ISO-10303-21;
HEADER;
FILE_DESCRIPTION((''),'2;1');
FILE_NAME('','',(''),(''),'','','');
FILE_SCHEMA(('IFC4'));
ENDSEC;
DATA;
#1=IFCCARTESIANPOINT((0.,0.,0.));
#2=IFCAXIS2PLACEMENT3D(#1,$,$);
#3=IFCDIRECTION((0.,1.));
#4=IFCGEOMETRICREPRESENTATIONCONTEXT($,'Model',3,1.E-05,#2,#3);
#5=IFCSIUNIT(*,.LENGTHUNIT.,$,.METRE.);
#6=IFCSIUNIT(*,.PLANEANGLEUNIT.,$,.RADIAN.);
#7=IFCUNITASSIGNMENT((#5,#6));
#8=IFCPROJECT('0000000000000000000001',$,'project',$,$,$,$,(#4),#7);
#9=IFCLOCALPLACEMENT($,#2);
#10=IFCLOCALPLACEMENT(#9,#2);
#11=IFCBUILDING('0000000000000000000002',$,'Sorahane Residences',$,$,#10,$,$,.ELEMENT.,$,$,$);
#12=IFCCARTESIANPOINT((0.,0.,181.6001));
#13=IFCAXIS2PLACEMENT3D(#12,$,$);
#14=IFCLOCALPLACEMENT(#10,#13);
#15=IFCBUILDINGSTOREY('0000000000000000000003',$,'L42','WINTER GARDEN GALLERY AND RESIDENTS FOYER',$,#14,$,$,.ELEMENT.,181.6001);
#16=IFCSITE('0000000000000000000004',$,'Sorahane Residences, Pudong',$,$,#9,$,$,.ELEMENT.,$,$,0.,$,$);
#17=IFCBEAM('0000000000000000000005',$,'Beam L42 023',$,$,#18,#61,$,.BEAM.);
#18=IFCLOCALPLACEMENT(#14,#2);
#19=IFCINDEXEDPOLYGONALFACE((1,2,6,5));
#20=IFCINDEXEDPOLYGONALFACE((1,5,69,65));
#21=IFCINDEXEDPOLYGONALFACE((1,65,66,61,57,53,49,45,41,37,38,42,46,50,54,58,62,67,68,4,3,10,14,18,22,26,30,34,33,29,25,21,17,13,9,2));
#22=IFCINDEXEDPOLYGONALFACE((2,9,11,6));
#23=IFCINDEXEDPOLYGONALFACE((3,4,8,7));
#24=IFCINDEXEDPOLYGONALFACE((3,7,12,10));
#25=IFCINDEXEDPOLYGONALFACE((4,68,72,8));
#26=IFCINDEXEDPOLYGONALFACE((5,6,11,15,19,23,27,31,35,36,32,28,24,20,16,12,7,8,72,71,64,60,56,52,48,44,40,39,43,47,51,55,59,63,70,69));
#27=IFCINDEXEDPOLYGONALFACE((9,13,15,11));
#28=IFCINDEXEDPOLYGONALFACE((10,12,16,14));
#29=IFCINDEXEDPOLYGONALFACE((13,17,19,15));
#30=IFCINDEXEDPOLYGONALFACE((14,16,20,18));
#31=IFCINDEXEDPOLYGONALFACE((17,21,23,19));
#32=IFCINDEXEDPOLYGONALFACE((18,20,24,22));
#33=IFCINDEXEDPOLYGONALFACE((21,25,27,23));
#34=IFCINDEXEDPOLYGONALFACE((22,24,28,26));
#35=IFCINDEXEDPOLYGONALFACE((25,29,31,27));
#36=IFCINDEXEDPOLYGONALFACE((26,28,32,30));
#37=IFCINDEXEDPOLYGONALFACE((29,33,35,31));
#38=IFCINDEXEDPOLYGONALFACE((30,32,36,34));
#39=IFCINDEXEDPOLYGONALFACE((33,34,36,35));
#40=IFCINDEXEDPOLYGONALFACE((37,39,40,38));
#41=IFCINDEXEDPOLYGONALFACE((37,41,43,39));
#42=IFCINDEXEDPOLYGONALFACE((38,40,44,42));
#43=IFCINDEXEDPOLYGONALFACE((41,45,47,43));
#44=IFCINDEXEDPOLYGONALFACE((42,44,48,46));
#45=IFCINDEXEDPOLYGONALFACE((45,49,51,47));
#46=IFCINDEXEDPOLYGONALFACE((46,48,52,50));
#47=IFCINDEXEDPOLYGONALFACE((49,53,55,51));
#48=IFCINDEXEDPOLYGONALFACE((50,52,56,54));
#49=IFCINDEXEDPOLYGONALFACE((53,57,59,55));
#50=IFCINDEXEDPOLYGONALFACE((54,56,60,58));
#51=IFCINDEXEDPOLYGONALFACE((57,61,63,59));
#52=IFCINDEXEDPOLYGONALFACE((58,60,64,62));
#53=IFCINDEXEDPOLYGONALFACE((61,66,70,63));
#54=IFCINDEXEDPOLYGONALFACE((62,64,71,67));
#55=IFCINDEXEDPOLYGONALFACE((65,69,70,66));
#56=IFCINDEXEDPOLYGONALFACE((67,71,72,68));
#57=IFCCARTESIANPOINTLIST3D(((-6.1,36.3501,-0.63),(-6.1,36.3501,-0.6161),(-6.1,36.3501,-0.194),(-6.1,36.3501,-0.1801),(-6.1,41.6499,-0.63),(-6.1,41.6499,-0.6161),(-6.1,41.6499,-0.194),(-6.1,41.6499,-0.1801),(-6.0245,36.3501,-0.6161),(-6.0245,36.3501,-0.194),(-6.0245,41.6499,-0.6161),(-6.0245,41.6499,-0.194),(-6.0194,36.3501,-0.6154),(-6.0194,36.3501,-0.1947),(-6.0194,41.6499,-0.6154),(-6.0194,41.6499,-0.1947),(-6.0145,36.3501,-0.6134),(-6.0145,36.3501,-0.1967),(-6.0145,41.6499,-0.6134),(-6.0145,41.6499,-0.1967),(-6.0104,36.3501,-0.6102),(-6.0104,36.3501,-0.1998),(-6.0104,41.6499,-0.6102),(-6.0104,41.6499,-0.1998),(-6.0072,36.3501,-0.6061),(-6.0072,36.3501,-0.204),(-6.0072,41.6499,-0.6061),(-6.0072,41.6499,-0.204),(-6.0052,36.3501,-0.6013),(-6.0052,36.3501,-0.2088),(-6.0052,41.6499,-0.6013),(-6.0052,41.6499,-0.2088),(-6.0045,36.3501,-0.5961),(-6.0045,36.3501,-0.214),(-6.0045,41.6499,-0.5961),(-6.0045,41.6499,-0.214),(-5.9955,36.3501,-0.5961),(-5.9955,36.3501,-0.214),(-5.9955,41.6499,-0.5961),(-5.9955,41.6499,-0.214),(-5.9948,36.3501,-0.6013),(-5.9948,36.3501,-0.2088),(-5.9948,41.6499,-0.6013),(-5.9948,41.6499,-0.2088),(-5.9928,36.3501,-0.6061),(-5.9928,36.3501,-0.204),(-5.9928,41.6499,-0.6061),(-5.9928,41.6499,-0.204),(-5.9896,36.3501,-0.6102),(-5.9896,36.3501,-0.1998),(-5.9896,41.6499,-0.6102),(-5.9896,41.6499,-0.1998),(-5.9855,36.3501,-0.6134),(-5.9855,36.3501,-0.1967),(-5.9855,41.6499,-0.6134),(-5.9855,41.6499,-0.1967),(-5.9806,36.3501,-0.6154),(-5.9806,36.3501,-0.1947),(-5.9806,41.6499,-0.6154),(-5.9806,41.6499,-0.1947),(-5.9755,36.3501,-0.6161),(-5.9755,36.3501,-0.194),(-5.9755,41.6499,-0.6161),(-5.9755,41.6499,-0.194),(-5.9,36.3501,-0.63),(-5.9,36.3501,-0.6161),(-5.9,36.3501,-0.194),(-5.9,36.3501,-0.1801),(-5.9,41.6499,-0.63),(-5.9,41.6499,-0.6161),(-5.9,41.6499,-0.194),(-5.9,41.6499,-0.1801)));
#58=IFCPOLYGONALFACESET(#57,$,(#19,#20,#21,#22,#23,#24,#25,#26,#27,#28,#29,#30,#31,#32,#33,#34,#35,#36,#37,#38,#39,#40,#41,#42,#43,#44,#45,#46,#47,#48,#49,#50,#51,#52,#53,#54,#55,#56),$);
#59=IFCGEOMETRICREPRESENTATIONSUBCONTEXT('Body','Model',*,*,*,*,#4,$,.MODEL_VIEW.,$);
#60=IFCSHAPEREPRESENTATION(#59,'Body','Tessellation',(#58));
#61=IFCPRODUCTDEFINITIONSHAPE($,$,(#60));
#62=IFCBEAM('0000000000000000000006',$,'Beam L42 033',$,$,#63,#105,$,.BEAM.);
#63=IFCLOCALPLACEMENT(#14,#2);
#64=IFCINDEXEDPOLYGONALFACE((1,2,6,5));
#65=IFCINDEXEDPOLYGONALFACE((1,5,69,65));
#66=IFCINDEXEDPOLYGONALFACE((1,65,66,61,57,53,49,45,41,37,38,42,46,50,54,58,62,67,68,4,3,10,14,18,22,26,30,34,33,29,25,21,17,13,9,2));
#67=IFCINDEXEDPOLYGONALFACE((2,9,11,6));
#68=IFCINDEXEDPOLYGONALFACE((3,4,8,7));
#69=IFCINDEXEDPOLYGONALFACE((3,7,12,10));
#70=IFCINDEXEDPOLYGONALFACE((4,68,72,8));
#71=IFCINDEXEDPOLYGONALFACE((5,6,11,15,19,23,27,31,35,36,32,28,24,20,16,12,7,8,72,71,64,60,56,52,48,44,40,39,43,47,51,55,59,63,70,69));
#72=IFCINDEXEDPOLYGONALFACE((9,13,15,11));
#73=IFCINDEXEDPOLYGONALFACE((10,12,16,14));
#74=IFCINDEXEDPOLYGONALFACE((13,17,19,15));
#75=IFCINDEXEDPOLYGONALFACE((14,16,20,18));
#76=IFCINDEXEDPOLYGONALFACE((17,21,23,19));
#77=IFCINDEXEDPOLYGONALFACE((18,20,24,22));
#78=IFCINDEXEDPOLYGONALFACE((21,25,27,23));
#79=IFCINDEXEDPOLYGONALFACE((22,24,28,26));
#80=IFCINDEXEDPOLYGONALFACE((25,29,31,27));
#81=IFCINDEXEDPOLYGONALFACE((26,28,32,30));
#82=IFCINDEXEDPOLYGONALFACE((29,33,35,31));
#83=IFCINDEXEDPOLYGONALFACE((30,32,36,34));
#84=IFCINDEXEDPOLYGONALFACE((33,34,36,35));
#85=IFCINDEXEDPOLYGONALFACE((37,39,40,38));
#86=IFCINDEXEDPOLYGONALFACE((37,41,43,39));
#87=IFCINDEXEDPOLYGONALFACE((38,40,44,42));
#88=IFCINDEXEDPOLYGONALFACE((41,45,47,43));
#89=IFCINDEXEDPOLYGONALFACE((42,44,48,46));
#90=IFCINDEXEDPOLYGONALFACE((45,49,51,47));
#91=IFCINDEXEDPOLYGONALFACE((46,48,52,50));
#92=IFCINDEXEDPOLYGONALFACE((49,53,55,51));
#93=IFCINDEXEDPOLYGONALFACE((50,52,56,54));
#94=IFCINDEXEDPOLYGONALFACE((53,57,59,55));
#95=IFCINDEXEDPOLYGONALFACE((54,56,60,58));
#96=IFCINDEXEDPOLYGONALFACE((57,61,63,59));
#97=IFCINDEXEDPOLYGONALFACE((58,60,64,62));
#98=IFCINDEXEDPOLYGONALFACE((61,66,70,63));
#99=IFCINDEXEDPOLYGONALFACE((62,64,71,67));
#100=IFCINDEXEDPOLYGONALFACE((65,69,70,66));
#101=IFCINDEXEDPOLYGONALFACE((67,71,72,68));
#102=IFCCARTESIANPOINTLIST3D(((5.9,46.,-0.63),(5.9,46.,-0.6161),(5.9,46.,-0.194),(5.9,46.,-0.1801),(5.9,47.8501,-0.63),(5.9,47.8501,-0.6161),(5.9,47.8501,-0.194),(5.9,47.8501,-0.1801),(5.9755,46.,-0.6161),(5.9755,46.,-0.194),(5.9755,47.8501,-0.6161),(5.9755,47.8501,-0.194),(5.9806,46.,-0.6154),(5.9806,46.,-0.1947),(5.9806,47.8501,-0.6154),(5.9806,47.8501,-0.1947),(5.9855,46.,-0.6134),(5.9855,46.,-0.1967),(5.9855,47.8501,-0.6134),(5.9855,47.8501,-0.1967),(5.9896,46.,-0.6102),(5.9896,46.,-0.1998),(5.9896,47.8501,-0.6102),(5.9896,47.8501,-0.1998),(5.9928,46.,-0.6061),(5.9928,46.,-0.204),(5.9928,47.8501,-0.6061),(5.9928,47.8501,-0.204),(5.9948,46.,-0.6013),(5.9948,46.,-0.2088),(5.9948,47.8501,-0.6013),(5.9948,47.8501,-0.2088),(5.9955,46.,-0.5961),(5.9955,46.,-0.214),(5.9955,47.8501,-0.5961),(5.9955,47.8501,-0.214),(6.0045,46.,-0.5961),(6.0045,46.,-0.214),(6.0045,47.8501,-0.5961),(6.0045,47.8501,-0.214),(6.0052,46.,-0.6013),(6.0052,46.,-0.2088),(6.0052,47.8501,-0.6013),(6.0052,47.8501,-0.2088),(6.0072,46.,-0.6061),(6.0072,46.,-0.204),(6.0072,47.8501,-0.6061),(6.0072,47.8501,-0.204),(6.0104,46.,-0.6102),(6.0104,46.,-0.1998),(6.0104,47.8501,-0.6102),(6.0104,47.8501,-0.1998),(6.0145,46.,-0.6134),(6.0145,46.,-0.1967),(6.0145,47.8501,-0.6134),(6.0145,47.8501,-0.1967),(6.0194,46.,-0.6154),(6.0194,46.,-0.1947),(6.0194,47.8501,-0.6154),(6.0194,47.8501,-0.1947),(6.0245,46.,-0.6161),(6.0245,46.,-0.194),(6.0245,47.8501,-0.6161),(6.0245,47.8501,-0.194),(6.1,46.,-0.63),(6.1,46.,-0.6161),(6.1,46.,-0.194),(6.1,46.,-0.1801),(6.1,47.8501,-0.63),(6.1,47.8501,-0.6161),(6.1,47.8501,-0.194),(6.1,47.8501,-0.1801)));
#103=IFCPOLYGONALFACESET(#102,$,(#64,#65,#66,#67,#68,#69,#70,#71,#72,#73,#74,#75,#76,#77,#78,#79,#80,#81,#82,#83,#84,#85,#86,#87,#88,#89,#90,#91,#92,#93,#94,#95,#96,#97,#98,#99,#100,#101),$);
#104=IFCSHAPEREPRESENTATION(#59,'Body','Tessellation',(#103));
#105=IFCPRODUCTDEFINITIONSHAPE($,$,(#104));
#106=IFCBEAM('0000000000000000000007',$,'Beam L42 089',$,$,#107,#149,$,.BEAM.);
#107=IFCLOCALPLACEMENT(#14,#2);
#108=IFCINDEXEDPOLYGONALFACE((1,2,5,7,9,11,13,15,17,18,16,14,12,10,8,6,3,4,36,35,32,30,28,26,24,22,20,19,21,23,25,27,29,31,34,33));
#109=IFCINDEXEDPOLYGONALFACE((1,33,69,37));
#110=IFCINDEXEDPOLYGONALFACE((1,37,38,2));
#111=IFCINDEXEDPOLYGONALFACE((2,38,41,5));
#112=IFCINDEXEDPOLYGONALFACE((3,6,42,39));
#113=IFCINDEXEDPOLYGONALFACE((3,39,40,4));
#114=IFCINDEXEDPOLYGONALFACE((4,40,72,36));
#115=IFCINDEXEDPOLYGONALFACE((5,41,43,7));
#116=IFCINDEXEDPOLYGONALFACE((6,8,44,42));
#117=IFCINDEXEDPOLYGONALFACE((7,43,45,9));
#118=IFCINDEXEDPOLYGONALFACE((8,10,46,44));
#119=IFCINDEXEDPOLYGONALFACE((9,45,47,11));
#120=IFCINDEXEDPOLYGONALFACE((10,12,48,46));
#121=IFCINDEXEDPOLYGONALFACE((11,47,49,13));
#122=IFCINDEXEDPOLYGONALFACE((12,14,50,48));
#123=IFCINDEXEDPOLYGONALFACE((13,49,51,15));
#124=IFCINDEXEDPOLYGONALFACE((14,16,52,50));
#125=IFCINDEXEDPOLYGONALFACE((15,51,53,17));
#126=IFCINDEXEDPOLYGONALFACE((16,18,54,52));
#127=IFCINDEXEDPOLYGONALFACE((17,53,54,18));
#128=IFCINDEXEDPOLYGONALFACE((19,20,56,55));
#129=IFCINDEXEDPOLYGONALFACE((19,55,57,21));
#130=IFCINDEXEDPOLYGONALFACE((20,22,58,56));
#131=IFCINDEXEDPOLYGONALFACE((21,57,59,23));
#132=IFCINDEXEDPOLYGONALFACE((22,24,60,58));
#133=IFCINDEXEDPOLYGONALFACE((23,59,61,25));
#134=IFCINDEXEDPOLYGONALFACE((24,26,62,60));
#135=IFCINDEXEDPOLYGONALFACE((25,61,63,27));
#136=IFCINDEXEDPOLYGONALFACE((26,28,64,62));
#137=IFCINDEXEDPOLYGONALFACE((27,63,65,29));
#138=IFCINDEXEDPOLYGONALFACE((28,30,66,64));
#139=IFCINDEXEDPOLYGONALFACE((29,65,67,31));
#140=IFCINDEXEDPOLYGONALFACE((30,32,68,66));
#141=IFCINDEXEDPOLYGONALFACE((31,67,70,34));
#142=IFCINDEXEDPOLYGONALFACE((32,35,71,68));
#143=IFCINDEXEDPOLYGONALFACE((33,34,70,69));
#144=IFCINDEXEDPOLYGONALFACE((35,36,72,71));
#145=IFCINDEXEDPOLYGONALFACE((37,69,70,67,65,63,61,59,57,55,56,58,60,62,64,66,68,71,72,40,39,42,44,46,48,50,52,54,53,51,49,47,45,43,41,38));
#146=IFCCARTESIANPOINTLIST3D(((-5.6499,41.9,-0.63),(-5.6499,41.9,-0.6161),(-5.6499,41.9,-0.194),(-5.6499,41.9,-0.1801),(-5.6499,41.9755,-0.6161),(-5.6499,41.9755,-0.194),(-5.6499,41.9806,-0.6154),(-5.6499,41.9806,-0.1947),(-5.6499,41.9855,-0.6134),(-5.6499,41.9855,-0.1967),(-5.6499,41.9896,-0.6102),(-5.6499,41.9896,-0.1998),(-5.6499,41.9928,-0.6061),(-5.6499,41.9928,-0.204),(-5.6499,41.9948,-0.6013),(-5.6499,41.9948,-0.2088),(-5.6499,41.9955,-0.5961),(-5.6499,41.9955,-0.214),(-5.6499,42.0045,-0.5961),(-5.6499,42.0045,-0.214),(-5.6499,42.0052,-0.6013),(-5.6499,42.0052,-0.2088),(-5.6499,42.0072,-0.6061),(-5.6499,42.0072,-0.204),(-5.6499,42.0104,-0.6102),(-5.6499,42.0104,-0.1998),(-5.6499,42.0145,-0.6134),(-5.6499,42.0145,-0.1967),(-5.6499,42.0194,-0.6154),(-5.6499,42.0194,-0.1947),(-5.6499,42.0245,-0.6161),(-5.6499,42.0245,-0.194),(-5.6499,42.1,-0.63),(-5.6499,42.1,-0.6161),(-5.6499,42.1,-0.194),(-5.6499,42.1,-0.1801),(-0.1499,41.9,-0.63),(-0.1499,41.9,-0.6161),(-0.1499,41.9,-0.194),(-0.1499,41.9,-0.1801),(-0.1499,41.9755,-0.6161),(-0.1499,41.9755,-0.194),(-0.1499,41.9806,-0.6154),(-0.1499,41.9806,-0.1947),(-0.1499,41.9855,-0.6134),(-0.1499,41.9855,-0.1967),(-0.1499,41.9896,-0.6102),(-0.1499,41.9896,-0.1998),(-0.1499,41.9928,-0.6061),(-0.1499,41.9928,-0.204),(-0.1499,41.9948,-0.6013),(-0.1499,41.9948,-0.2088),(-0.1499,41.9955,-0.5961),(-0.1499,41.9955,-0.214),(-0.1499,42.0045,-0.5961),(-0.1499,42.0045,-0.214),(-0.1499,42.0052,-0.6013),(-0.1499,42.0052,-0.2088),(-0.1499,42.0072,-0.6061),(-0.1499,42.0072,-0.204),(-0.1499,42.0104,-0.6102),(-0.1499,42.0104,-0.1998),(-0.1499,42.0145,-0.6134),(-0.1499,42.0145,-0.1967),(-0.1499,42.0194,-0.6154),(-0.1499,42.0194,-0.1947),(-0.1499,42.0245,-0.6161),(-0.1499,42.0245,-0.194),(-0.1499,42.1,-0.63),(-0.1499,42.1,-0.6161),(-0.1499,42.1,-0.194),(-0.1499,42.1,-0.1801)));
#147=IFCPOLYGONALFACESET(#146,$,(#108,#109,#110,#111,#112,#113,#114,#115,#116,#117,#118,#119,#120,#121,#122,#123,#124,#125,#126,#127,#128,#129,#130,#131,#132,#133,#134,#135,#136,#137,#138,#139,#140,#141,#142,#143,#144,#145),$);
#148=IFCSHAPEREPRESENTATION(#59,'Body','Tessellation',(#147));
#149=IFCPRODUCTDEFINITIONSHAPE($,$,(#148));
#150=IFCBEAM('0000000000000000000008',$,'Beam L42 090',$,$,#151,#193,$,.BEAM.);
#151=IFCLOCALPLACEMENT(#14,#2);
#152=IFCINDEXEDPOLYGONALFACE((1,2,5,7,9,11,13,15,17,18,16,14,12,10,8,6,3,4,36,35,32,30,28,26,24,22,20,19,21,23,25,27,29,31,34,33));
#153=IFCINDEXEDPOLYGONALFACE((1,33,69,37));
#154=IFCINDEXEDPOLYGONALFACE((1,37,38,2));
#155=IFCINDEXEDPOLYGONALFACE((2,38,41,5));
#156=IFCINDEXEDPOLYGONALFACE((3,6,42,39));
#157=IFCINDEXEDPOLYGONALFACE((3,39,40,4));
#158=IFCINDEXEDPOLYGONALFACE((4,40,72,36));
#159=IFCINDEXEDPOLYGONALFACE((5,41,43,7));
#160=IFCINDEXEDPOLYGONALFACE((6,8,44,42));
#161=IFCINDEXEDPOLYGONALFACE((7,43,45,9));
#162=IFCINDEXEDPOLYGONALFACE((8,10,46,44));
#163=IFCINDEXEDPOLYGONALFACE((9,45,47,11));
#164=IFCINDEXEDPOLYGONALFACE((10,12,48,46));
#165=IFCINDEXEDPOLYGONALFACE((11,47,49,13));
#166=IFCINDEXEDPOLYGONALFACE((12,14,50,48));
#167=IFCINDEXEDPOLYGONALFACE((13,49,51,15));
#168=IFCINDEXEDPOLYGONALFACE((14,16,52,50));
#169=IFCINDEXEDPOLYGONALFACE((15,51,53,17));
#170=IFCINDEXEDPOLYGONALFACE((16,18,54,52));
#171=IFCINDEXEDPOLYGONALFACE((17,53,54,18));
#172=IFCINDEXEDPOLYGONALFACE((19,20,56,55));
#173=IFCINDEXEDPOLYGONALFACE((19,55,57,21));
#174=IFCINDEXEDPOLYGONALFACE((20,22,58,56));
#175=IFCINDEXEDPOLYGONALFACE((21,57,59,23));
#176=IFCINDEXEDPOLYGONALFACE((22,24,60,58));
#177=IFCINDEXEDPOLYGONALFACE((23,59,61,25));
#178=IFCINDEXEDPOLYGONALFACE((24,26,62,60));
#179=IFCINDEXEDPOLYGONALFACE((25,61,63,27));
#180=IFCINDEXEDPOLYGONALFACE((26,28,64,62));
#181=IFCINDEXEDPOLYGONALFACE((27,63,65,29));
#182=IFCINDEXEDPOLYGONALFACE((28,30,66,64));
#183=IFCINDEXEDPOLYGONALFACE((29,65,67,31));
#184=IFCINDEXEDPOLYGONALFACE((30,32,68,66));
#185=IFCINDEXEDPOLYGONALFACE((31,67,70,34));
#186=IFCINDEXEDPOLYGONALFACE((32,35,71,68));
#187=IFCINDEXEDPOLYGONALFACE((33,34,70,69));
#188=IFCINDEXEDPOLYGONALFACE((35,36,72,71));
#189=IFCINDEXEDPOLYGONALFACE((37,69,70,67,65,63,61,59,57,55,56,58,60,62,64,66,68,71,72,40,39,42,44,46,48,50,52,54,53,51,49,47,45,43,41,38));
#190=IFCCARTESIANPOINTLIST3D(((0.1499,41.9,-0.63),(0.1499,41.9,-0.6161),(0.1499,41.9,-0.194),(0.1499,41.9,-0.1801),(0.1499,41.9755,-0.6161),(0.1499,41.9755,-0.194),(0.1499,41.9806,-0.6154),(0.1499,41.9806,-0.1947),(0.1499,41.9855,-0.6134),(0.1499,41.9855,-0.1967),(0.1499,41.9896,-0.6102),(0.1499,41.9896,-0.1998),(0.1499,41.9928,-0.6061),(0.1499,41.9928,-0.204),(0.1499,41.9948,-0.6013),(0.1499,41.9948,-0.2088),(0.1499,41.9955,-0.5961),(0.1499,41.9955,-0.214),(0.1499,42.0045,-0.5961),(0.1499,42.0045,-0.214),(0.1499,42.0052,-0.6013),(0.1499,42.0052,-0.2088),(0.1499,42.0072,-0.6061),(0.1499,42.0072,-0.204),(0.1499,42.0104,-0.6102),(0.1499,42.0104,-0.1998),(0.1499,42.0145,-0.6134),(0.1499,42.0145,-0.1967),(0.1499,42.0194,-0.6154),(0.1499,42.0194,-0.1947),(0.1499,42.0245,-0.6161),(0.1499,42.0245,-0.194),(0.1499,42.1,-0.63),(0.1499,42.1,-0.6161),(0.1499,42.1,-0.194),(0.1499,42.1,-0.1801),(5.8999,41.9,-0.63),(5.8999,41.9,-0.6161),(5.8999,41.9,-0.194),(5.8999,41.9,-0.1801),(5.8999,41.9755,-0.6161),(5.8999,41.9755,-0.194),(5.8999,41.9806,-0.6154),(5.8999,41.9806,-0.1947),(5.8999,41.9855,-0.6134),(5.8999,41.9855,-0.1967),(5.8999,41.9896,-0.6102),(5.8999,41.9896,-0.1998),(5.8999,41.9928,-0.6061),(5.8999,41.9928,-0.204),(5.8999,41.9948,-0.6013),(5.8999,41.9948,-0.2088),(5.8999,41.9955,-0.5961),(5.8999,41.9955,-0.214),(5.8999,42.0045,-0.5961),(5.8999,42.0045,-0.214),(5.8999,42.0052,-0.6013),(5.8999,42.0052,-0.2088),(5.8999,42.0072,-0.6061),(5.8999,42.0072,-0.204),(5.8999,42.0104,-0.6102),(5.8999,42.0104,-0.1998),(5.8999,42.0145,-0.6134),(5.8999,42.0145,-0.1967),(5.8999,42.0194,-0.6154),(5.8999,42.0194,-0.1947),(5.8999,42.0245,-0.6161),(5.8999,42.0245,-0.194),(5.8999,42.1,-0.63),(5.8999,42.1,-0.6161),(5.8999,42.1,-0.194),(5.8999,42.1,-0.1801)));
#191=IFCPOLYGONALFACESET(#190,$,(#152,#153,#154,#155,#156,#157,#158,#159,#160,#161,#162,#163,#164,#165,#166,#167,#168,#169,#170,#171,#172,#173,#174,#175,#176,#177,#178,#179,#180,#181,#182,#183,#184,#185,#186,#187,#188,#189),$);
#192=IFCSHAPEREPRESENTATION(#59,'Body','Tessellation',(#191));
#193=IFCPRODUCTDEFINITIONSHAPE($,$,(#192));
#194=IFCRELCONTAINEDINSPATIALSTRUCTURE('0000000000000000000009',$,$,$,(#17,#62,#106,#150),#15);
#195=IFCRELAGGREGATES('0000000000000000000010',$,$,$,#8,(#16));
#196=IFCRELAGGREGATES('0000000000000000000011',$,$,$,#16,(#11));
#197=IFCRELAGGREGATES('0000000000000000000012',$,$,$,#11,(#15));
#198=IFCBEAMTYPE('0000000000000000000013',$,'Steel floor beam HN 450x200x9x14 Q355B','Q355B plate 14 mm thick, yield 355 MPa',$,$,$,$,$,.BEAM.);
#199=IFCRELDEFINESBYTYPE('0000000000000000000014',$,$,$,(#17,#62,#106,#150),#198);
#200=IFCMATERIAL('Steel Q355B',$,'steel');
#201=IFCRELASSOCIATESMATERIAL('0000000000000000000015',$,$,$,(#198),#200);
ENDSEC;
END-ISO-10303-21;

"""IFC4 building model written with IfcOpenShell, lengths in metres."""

from ifc_helpers import new_model, si_unit, direction, frame, origin, origin_2d, place, context, subcontext, project, spatial, i_section, extrude, material, material_profile, profile_set, type_object, element, save


model = new_model("IFC4")

# Units and contexts
model_context = context("Model", 3, precision=1e-05, world=origin(), true_north=direction((0.0, 1.0)))
body_context = subcontext(model_context, "Body", "Model", "MODEL_VIEW")
ifc_project = project(units=[si_unit("LENGTHUNIT", "METRE"), si_unit("PLANEANGLEUNIT", "RADIAN")], contexts=[model_context])

# Site, building, storey
site_placement = place(None, origin())
site = spatial("IfcSite", under=ifc_project, at=site_placement, Name="Sorahane Residences, Pudong", CompositionType="ELEMENT", RefElevation=0.0)
building_placement = place(site_placement, origin())
building = spatial("IfcBuilding", under=site, at=building_placement, Name="Sorahane Residences", CompositionType="ELEMENT")
storey_placement = place(building_placement, frame((0.0, 0.0, 181.6001)))
storey = spatial("IfcBuildingStorey", under=building, at=storey_placement, Name="L42", Description="WINTER GARDEN GALLERY AND RESIDENTS FOYER", CompositionType="ELEMENT", Elevation=181.6001)

# Beams
ifc_material_1 = material(Name="Steel Q355B", Category="steel")
ifc_material_profile_1 = material_profile(ifc_material_1, i_section(OverallWidth=0.2, OverallDepth=0.45, WebThickness=0.009, FlangeThickness=0.0139, FilletRadius=0.02, at=origin_2d()), Name="HN 450x200x9x14")
ifc_profile_set_1 = profile_set([ifc_material_profile_1], Name="Steel Q355B")
beam_type_1 = type_object("IfcBeamType", Name="Steel floor beam HN 450x200x9x14 Q355B", Description="Q355B plate 14 mm thick, yield 355 MPa", PredefinedType="BEAM", material=ifc_profile_set_1)
beam_1_placement = place(storey_placement, frame((-6.0, 36.3501, -0.405), z_axis=(0.0, 1.0, 0.0), x_axis=(-1.0, 0.0, 0.0)))
element("IfcBeam", 1, at=beam_1_placement, inside=storey, type_object=beam_type_1, Name="Beam L42 023", PredefinedType="BEAM", context=body_context, shape_type="SweptSolid", body=[
    extrude(i_section(OverallWidth=0.2, OverallDepth=0.45, WebThickness=0.009, FlangeThickness=0.0139, FilletRadius=0.02, at=origin_2d()), origin(), (0.0, 0.0, 1.0), 5.2998),
])
beam_2_placement = place(storey_placement, frame((6.0, 46.0, -0.405), z_axis=(0.0, 1.0, 0.0), x_axis=(-1.0, 0.0, 0.0)))
element("IfcBeam", 2, at=beam_2_placement, inside=storey, type_object=beam_type_1, Name="Beam L42 033", PredefinedType="BEAM", context=body_context, shape_type="SweptSolid", body=[
    extrude(i_section(OverallWidth=0.2, OverallDepth=0.45, WebThickness=0.009, FlangeThickness=0.0139, FilletRadius=0.02, at=origin_2d()), origin(), (0.0, 0.0, 1.0), 1.8501),
])
beam_3_placement = place(storey_placement, frame((-5.6499, 42.0, -0.405), z_axis=(1.0, 0.0, 0.0), x_axis=(0.0, 1.0, 0.0)))
element("IfcBeam", 3, at=beam_3_placement, inside=storey, type_object=beam_type_1, Name="Beam L42 089", PredefinedType="BEAM", context=body_context, shape_type="SweptSolid", body=[
    extrude(i_section(OverallWidth=0.2, OverallDepth=0.45, WebThickness=0.009, FlangeThickness=0.0139, FilletRadius=0.02, at=origin_2d()), origin(), (0.0, 0.0, 1.0), 5.5),
])
beam_4_placement = place(storey_placement, frame((0.1499, 42.0, -0.405), z_axis=(1.0, 0.0, 0.0), x_axis=(0.0, 1.0, 0.0)))
element("IfcBeam", 4, at=beam_4_placement, inside=storey, type_object=beam_type_1, Name="Beam L42 090", PredefinedType="BEAM", context=body_context, shape_type="SweptSolid", body=[
    extrude(i_section(OverallWidth=0.2, OverallDepth=0.45, WebThickness=0.009, FlangeThickness=0.0139, FilletRadius=0.02, at=origin_2d()), origin(), (0.0, 0.0, 1.0), 5.75),
])

save(model, "model.ifc")
